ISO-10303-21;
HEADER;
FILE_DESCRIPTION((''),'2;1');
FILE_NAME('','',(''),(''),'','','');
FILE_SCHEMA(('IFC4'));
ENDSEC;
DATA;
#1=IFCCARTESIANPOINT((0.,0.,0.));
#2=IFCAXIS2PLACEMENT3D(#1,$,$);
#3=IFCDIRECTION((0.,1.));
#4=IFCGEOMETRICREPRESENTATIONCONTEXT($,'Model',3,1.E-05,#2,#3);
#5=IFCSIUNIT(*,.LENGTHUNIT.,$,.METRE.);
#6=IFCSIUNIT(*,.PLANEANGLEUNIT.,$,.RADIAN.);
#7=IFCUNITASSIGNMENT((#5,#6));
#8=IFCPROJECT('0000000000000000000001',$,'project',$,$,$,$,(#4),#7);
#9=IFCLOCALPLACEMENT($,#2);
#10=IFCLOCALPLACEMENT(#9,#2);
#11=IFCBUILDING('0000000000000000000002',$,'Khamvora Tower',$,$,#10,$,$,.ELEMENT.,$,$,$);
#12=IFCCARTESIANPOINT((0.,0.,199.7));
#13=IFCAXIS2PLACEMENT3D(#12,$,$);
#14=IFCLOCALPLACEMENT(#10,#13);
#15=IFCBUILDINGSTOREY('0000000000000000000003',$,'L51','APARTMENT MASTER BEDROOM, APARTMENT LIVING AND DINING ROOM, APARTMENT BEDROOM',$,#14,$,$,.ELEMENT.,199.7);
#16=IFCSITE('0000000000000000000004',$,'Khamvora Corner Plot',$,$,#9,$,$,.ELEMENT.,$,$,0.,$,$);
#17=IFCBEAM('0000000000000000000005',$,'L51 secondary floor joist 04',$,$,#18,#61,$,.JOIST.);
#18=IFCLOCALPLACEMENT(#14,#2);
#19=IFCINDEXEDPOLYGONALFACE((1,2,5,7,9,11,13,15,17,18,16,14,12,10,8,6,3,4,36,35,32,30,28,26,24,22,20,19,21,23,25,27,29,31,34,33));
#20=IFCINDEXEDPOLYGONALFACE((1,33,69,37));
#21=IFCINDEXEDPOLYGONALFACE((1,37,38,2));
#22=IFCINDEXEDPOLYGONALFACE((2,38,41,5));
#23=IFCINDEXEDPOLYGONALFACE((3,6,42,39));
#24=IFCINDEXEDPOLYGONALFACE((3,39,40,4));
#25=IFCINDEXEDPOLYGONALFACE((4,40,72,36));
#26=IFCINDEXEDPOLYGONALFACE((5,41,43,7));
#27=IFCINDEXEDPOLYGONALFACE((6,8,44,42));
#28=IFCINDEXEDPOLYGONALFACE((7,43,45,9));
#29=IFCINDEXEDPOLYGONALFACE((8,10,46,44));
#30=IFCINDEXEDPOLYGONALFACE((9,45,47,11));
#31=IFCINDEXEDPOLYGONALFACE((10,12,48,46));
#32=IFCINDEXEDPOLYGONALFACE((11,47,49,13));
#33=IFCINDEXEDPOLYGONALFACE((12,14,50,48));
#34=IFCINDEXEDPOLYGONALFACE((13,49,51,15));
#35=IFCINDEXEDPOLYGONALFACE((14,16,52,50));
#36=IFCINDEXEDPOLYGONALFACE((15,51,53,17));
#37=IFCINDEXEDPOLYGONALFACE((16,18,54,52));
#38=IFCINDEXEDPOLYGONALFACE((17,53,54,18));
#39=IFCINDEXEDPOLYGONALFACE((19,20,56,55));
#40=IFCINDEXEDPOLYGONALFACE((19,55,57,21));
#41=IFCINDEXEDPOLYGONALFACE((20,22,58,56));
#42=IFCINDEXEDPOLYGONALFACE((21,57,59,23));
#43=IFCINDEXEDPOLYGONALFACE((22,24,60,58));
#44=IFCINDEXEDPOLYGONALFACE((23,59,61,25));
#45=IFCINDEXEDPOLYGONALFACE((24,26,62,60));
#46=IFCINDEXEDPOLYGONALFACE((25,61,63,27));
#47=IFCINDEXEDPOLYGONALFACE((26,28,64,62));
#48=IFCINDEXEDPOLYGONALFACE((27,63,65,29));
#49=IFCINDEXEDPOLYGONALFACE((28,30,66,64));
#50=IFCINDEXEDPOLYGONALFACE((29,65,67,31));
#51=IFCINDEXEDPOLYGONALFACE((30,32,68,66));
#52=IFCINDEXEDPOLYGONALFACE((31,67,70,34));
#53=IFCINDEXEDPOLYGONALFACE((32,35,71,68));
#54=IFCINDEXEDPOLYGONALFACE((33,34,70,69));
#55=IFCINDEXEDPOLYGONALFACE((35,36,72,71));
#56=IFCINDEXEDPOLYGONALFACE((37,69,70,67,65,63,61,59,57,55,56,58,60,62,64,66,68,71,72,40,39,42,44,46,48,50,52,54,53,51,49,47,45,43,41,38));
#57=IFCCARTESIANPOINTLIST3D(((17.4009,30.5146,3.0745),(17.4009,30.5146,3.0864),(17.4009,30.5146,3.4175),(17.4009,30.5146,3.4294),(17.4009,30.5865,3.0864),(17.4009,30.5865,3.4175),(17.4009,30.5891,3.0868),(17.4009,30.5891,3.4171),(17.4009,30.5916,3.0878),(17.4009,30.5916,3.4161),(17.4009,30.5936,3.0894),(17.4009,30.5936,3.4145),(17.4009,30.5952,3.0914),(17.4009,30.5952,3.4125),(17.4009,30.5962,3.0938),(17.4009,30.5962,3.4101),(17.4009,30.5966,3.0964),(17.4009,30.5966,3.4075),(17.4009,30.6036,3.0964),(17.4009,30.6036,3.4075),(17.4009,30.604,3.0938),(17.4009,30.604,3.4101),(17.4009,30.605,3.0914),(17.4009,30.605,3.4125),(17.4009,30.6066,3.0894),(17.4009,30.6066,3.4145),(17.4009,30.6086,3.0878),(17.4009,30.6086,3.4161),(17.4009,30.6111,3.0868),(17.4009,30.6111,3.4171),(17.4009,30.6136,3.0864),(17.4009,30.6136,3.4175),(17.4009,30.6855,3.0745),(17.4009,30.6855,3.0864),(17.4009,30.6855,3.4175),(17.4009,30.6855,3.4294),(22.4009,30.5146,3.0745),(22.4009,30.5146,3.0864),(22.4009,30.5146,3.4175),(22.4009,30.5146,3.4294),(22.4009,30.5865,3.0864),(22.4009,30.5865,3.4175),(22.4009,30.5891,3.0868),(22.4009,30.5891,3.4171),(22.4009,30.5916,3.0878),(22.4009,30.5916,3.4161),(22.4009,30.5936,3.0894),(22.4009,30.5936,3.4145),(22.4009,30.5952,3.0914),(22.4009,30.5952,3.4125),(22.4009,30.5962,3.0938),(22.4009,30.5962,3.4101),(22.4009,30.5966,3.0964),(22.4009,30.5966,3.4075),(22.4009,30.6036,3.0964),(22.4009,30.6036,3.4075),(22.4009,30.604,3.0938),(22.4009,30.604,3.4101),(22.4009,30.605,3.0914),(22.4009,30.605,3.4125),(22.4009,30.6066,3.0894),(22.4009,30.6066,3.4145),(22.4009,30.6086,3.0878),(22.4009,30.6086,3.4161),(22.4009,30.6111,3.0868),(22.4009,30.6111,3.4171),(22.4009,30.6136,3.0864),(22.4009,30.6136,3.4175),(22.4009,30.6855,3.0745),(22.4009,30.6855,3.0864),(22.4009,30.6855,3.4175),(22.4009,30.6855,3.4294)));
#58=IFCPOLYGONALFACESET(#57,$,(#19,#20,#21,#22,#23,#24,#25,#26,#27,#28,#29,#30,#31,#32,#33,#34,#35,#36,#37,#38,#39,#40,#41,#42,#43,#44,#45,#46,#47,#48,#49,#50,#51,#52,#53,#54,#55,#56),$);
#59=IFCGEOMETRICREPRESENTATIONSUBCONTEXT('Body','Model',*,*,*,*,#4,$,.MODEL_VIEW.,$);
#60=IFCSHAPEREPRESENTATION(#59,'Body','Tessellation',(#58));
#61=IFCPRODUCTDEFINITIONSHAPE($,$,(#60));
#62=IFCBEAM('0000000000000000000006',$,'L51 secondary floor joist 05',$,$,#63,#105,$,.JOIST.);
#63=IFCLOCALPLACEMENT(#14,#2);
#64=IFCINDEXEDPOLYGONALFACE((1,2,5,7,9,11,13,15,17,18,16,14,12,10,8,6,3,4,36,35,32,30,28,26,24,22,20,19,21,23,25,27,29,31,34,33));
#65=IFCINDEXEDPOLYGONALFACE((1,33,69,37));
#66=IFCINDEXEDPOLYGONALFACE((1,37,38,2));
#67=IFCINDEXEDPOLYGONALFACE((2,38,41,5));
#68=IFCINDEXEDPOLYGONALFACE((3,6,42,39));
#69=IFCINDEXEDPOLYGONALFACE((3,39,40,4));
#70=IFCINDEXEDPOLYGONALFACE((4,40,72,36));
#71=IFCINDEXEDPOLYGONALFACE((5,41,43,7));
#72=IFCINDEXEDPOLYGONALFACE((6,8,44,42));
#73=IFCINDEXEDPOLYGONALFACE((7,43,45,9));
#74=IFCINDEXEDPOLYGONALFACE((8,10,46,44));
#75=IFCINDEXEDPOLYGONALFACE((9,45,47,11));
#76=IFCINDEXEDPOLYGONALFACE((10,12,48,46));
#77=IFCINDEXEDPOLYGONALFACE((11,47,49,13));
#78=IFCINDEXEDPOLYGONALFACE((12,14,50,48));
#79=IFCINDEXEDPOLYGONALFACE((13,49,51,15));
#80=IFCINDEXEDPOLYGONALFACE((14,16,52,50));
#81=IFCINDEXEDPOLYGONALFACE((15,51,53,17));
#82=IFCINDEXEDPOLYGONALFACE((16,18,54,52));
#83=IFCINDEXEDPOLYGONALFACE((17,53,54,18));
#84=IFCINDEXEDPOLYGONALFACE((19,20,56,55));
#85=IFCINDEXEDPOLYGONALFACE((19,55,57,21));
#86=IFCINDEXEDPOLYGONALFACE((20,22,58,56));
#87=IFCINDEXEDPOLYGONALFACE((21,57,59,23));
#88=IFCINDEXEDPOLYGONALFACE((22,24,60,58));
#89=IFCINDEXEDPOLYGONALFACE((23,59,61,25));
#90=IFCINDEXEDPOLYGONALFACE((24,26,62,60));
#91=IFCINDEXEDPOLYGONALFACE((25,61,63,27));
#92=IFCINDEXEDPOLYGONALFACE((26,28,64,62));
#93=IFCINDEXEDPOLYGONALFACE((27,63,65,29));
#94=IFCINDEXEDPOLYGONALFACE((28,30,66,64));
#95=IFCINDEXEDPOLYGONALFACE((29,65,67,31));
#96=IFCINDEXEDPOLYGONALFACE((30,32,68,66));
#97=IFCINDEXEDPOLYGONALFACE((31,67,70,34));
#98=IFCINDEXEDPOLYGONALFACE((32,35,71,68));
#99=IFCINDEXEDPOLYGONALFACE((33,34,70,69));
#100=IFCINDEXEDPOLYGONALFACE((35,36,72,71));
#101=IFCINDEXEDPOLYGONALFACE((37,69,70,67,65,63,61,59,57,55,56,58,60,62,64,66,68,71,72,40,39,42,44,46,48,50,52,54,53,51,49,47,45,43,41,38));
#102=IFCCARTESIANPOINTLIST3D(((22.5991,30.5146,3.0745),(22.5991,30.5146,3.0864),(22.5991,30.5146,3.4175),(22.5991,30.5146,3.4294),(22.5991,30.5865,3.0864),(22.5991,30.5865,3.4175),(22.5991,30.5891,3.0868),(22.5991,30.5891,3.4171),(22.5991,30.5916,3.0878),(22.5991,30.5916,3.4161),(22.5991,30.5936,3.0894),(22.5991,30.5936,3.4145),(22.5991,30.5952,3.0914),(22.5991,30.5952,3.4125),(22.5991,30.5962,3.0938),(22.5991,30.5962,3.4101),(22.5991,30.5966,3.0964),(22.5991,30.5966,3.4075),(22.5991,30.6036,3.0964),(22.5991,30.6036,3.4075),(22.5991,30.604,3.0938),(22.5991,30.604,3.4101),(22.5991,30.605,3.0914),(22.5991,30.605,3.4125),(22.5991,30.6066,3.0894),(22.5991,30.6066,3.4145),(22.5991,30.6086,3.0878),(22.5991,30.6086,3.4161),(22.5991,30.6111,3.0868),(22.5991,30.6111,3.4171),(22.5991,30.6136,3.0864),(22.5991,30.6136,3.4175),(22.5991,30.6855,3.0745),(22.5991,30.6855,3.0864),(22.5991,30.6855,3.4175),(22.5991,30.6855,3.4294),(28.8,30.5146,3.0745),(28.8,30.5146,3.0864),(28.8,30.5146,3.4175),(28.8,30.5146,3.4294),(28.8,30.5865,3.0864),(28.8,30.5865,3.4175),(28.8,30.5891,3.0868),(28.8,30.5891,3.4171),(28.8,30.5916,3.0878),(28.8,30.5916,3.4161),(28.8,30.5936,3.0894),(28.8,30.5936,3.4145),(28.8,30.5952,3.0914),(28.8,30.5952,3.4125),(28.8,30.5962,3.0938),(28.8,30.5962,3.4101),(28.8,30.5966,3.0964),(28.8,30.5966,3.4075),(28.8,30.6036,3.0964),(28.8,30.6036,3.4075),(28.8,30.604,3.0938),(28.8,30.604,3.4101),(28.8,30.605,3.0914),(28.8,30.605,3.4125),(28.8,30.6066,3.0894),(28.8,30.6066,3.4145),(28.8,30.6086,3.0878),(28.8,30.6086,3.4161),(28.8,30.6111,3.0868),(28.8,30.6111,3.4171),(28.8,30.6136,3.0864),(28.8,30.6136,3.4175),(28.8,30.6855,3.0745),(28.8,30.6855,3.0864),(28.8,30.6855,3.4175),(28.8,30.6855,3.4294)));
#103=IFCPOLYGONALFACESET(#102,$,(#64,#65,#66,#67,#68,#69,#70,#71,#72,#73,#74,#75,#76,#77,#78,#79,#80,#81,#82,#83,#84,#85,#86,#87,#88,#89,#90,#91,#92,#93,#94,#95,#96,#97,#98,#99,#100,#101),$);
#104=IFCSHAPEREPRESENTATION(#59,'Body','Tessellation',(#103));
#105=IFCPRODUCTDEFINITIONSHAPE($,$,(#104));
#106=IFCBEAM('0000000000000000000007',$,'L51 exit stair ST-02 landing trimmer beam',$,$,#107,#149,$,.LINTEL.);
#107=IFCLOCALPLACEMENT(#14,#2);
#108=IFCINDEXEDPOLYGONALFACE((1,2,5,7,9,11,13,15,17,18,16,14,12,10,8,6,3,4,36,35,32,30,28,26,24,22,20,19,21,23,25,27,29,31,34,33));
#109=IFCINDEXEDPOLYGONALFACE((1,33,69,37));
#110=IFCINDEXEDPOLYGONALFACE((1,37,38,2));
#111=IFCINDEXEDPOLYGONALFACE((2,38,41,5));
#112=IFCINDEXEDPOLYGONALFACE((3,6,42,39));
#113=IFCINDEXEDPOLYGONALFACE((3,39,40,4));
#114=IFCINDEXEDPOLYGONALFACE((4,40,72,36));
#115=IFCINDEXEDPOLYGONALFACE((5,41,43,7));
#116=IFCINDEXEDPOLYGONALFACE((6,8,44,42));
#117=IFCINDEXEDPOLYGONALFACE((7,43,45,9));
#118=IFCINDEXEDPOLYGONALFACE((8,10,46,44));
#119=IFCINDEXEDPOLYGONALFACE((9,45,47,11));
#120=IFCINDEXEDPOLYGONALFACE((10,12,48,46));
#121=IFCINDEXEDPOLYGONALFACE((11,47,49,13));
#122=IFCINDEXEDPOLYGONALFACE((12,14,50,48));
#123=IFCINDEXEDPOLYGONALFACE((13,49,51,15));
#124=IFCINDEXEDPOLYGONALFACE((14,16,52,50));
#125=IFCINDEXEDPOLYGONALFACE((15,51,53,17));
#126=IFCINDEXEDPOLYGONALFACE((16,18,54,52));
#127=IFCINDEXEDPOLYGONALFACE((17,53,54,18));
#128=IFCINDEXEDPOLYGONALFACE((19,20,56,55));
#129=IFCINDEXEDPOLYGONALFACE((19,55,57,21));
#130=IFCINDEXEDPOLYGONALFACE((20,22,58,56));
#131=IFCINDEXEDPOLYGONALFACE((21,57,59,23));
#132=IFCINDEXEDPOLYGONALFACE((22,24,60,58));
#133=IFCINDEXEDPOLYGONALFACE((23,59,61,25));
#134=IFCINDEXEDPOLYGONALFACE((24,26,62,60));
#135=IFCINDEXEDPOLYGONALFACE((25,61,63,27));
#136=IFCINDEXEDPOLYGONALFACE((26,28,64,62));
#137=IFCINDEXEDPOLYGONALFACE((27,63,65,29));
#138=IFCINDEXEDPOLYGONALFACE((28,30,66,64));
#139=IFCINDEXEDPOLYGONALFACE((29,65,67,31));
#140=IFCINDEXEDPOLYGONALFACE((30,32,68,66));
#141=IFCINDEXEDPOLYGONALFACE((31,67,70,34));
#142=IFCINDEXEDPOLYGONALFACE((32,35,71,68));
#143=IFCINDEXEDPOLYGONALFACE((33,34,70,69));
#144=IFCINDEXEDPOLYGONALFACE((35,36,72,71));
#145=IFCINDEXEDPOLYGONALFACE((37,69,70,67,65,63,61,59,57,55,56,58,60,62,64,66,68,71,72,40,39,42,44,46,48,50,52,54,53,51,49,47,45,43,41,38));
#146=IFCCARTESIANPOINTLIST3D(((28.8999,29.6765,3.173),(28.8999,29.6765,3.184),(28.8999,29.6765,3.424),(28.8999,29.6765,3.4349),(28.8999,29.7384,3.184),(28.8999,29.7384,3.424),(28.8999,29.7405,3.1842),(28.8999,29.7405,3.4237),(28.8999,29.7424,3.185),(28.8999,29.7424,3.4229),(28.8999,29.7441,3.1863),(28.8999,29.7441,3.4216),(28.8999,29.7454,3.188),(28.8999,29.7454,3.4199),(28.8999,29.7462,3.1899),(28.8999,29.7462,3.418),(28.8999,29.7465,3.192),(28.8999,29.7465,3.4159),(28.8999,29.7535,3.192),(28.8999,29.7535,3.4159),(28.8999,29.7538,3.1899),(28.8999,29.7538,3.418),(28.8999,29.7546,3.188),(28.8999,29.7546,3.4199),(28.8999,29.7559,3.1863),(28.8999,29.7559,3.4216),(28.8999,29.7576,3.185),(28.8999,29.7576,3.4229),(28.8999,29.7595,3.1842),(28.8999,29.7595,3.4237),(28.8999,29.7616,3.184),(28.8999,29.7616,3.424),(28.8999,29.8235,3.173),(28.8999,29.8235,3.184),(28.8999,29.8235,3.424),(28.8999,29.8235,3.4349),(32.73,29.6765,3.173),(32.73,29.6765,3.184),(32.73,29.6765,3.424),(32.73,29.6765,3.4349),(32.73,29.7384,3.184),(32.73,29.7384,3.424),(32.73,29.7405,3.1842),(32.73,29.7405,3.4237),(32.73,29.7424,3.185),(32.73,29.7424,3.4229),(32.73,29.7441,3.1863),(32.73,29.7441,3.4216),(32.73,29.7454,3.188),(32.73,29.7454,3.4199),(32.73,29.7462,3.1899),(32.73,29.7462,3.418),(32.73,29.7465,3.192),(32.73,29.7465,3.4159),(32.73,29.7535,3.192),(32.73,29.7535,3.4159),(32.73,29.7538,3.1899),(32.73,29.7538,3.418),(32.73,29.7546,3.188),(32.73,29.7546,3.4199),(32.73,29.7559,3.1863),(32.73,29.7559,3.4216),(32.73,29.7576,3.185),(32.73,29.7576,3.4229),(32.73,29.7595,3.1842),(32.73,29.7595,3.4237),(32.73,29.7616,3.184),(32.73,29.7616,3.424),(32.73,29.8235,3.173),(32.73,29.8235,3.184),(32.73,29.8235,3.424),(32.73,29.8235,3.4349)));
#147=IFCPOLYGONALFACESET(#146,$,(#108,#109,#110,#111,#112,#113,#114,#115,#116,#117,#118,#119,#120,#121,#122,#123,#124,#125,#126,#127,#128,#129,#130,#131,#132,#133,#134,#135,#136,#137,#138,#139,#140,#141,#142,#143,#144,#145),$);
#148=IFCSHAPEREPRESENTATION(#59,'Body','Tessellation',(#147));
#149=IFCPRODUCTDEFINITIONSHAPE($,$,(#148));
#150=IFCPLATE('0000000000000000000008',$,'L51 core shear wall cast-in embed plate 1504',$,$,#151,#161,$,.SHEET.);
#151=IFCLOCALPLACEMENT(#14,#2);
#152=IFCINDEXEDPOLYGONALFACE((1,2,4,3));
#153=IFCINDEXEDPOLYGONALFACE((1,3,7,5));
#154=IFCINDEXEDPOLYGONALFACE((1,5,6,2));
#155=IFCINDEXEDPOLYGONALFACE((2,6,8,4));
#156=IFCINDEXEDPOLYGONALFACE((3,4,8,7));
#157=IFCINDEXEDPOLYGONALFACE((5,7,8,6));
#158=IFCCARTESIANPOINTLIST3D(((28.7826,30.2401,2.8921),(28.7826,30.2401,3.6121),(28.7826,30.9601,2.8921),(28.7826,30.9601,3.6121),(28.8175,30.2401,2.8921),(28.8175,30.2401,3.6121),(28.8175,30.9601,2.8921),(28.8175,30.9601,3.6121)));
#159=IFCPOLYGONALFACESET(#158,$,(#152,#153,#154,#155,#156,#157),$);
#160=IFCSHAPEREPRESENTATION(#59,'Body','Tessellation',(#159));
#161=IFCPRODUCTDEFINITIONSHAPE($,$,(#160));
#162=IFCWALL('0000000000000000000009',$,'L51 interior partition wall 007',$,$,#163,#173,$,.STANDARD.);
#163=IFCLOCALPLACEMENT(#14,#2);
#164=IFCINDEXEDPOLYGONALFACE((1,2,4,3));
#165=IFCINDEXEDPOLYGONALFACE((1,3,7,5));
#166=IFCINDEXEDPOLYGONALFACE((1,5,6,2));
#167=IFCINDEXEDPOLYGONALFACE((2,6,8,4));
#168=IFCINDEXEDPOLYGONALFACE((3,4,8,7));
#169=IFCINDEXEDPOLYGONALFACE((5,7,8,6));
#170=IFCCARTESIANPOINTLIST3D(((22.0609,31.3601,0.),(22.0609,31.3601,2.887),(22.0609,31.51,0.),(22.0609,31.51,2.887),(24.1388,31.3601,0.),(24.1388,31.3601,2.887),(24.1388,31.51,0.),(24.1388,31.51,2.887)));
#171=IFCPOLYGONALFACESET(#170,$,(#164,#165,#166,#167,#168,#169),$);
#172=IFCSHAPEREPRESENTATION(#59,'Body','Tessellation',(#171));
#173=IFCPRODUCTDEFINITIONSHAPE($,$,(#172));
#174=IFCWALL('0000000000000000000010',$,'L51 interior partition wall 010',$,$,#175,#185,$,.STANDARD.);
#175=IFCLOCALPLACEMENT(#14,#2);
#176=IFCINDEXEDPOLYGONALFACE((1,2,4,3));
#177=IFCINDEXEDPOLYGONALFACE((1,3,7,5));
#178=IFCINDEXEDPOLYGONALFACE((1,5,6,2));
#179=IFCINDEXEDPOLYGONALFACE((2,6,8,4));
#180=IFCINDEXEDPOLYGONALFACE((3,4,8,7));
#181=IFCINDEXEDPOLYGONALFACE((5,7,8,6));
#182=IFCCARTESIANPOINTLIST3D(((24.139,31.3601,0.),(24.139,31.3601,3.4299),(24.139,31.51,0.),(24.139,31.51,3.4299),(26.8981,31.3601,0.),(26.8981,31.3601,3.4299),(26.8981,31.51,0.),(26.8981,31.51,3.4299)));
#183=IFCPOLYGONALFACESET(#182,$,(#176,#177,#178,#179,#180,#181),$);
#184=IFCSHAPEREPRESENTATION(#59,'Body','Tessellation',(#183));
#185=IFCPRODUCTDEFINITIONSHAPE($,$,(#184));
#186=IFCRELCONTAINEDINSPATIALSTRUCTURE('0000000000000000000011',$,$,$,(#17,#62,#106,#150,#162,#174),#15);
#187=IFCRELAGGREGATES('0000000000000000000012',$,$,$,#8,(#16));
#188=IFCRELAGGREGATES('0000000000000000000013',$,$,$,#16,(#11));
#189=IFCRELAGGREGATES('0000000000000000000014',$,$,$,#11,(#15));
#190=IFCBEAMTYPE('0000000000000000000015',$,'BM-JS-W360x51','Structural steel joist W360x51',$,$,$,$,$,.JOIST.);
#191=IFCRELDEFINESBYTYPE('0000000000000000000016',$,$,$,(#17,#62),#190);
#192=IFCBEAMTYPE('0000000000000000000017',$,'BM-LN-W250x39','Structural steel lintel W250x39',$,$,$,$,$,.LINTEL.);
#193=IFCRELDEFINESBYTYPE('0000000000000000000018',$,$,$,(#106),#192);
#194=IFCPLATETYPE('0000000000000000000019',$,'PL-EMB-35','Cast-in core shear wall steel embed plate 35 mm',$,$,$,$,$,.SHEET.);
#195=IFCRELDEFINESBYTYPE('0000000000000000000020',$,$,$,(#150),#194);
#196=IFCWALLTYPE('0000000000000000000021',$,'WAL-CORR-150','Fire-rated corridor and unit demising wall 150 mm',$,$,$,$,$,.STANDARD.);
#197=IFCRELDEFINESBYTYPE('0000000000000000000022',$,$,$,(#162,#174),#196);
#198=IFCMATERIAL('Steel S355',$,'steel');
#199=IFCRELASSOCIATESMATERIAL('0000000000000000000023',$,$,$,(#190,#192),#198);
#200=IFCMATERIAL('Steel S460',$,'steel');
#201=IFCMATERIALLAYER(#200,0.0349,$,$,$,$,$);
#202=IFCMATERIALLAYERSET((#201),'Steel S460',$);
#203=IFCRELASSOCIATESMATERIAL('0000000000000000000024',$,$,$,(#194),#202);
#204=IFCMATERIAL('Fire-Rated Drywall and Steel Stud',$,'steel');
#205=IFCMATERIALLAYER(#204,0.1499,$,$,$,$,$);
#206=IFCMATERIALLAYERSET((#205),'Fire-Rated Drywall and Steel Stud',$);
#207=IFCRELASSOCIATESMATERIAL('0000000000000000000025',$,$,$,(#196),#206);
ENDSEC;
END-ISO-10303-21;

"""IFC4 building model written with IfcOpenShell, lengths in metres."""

from ifc_helpers import new_model, si_unit, direction, frame, frame_2d, origin, origin_2d, place, context, subcontext, project, spatial, rectangle, i_section, extrude, material, layer, layer_set, material_profile, profile_set, type_object, element, save


model = new_model("IFC4")

# Units and contexts
model_context = context("Model", 3, precision=1e-05, world=origin(), true_north=direction((0.0, 1.0)))
body_context = subcontext(model_context, "Body", "Model", "MODEL_VIEW")
ifc_project = project(units=[si_unit("LENGTHUNIT", "METRE"), si_unit("PLANEANGLEUNIT", "RADIAN")], contexts=[model_context])

# Site, building, storey
site_placement = place(None, origin())
site = spatial("IfcSite", under=ifc_project, at=site_placement, Name="Khamvora Corner Plot", CompositionType="ELEMENT", RefElevation=0.0)
building_placement = place(site_placement, origin())
building = spatial("IfcBuilding", under=site, at=building_placement, Name="Khamvora Tower", CompositionType="ELEMENT")
storey_placement = place(building_placement, frame((0.0, 0.0, 199.7)))
storey = spatial("IfcBuildingStorey", under=building, at=storey_placement, Name="L51", Description="APARTMENT MASTER BEDROOM, APARTMENT LIVING AND DINING ROOM, APARTMENT BEDROOM", CompositionType="ELEMENT", Elevation=199.7)

# Beams
ifc_material_1 = material(Name="Steel S355", Category="steel")
ifc_material_profile_1 = material_profile(ifc_material_1, i_section(OverallWidth=0.1709, OverallDepth=0.355, WebThickness=0.0071, FlangeThickness=0.012, FilletRadius=0.01, at=origin_2d()), Name="W360x51")
ifc_profile_set_1 = profile_set([ifc_material_profile_1], Name="Steel S355")
beam_type_1 = type_object("IfcBeamType", Name="BM-JS-W360x51", Description="Structural steel joist W360x51", PredefinedType="JOIST", material=ifc_profile_set_1)
beam_1_placement = place(storey_placement, frame((17.4009, 30.6001, 3.252), z_axis=(1.0, 0.0, 0.0), x_axis=(0.0, 1.0, 0.0)))
element("IfcBeam", 1, at=beam_1_placement, inside=storey, type_object=beam_type_1, Name="L51 secondary floor joist 04", PredefinedType="JOIST", context=body_context, shape_type="SweptSolid", body=[
    extrude(i_section(OverallWidth=0.1709, OverallDepth=0.355, WebThickness=0.0071, FlangeThickness=0.012, FilletRadius=0.01, at=origin_2d()), origin(), (0.0, 0.0, 1.0), 5.0),
])
beam_2_placement = place(storey_placement, frame((22.5991, 30.6001, 3.252), z_axis=(1.0, 0.0, 0.0), x_axis=(0.0, 1.0, 0.0)))
element("IfcBeam", 2, at=beam_2_placement, inside=storey, type_object=beam_type_1, Name="L51 secondary floor joist 05", PredefinedType="JOIST", context=body_context, shape_type="SweptSolid", body=[
    extrude(i_section(OverallWidth=0.1709, OverallDepth=0.355, WebThickness=0.0071, FlangeThickness=0.012, FilletRadius=0.01, at=origin_2d()), origin(), (0.0, 0.0, 1.0), 6.2009),
])
ifc_material_profile_2 = material_profile(ifc_material_1, i_section(OverallWidth=0.147, OverallDepth=0.262, WebThickness=0.0071, FlangeThickness=0.011, FilletRadius=0.0081, at=origin_2d()), Name="W250x39")
ifc_profile_set_2 = profile_set([ifc_material_profile_2], Name="Steel S355")
beam_type_2 = type_object("IfcBeamType", Name="BM-LN-W250x39", Description="Structural steel lintel W250x39", PredefinedType="LINTEL", material=ifc_profile_set_2)
beam_3_placement = place(storey_placement, frame((28.8999, 29.75, 3.304), z_axis=(1.0, 0.0, 0.0), x_axis=(0.0, 1.0, 0.0)))
element("IfcBeam", 3, at=beam_3_placement, inside=storey, type_object=beam_type_2, Name="L51 exit stair ST-02 landing trimmer beam", PredefinedType="LINTEL", context=body_context, shape_type="SweptSolid", body=[
    extrude(i_section(OverallWidth=0.147, OverallDepth=0.262, WebThickness=0.0071, FlangeThickness=0.011, FilletRadius=0.0081, at=origin_2d()), origin(), (0.0, 0.0, 1.0), 3.8301),
])

# Plate
ifc_material_2 = material(Name="Steel S460", Category="steel")
ifc_layer_1 = layer(ifc_material_2, 0.0349)
ifc_layer_set_1 = layer_set([ifc_layer_1], Name="Steel S460")
plate_type = type_object("IfcPlateType", Name="PL-EMB-35", Description="Cast-in core shear wall steel embed plate 35 mm", PredefinedType="SHEET", material=ifc_layer_set_1)
plate_placement = place(storey_placement, frame((28.8, 30.6001, 2.8921), z_axis=(0.0, 0.0, 1.0), x_axis=(1.0, 0.0, 0.0)))
element("IfcPlate", 4, at=plate_placement, inside=storey, type_object=plate_type, Name="L51 core shear wall cast-in embed plate 1504", PredefinedType="SHEET", context=body_context, shape_type="SweptSolid", body=[
    extrude(rectangle(XDim=0.0349, YDim=0.72, at=origin_2d()), origin(), (0.0, 0.0, 1.0), 0.72),
])

# Walls
ifc_material_3 = material(Name="Fire-Rated Drywall and Steel Stud", Category="steel")
ifc_layer_2 = layer(ifc_material_3, 0.1499)
ifc_layer_set_2 = layer_set([ifc_layer_2], Name="Fire-Rated Drywall and Steel Stud")
wall_type_1 = type_object("IfcWallType", Name="WAL-CORR-150", Description="Fire-rated corridor and unit demising wall 150 mm", PredefinedType="STANDARD", material=ifc_layer_set_2)
wall_1_placement = place(storey_placement, frame((24.1389, 31.4351, 0.0), z_axis=(0.0, 0.0, 1.0), x_axis=(-1.0, 0.0, 0.0)))
element("IfcWall", 5, at=wall_1_placement, inside=storey, type_object=wall_type_1, Name="L51 interior partition wall 007", PredefinedType="STANDARD", context=body_context, shape_type="SweptSolid", body=[
    extrude(rectangle(XDim=2.0779, YDim=0.1499, at=frame_2d((1.0391, 0.0))), origin(), (0.0, 0.0, 1.0), 2.887),
])
wall_2_placement = place(storey_placement, frame((26.8979, 31.4351, 0.0), z_axis=(0.0, 0.0, 1.0), x_axis=(-1.0, 0.0, 0.0)))
element("IfcWall", 6, at=wall_2_placement, inside=storey, type_object=wall_type_1, Name="L51 interior partition wall 010", PredefinedType="STANDARD", context=body_context, shape_type="SweptSolid", body=[
    extrude(rectangle(XDim=2.759, YDim=0.1499, at=frame_2d((1.3794, 0.0))), origin(), (0.0, 0.0, 1.0), 3.4299),
])

save(model, "model.ifc")
